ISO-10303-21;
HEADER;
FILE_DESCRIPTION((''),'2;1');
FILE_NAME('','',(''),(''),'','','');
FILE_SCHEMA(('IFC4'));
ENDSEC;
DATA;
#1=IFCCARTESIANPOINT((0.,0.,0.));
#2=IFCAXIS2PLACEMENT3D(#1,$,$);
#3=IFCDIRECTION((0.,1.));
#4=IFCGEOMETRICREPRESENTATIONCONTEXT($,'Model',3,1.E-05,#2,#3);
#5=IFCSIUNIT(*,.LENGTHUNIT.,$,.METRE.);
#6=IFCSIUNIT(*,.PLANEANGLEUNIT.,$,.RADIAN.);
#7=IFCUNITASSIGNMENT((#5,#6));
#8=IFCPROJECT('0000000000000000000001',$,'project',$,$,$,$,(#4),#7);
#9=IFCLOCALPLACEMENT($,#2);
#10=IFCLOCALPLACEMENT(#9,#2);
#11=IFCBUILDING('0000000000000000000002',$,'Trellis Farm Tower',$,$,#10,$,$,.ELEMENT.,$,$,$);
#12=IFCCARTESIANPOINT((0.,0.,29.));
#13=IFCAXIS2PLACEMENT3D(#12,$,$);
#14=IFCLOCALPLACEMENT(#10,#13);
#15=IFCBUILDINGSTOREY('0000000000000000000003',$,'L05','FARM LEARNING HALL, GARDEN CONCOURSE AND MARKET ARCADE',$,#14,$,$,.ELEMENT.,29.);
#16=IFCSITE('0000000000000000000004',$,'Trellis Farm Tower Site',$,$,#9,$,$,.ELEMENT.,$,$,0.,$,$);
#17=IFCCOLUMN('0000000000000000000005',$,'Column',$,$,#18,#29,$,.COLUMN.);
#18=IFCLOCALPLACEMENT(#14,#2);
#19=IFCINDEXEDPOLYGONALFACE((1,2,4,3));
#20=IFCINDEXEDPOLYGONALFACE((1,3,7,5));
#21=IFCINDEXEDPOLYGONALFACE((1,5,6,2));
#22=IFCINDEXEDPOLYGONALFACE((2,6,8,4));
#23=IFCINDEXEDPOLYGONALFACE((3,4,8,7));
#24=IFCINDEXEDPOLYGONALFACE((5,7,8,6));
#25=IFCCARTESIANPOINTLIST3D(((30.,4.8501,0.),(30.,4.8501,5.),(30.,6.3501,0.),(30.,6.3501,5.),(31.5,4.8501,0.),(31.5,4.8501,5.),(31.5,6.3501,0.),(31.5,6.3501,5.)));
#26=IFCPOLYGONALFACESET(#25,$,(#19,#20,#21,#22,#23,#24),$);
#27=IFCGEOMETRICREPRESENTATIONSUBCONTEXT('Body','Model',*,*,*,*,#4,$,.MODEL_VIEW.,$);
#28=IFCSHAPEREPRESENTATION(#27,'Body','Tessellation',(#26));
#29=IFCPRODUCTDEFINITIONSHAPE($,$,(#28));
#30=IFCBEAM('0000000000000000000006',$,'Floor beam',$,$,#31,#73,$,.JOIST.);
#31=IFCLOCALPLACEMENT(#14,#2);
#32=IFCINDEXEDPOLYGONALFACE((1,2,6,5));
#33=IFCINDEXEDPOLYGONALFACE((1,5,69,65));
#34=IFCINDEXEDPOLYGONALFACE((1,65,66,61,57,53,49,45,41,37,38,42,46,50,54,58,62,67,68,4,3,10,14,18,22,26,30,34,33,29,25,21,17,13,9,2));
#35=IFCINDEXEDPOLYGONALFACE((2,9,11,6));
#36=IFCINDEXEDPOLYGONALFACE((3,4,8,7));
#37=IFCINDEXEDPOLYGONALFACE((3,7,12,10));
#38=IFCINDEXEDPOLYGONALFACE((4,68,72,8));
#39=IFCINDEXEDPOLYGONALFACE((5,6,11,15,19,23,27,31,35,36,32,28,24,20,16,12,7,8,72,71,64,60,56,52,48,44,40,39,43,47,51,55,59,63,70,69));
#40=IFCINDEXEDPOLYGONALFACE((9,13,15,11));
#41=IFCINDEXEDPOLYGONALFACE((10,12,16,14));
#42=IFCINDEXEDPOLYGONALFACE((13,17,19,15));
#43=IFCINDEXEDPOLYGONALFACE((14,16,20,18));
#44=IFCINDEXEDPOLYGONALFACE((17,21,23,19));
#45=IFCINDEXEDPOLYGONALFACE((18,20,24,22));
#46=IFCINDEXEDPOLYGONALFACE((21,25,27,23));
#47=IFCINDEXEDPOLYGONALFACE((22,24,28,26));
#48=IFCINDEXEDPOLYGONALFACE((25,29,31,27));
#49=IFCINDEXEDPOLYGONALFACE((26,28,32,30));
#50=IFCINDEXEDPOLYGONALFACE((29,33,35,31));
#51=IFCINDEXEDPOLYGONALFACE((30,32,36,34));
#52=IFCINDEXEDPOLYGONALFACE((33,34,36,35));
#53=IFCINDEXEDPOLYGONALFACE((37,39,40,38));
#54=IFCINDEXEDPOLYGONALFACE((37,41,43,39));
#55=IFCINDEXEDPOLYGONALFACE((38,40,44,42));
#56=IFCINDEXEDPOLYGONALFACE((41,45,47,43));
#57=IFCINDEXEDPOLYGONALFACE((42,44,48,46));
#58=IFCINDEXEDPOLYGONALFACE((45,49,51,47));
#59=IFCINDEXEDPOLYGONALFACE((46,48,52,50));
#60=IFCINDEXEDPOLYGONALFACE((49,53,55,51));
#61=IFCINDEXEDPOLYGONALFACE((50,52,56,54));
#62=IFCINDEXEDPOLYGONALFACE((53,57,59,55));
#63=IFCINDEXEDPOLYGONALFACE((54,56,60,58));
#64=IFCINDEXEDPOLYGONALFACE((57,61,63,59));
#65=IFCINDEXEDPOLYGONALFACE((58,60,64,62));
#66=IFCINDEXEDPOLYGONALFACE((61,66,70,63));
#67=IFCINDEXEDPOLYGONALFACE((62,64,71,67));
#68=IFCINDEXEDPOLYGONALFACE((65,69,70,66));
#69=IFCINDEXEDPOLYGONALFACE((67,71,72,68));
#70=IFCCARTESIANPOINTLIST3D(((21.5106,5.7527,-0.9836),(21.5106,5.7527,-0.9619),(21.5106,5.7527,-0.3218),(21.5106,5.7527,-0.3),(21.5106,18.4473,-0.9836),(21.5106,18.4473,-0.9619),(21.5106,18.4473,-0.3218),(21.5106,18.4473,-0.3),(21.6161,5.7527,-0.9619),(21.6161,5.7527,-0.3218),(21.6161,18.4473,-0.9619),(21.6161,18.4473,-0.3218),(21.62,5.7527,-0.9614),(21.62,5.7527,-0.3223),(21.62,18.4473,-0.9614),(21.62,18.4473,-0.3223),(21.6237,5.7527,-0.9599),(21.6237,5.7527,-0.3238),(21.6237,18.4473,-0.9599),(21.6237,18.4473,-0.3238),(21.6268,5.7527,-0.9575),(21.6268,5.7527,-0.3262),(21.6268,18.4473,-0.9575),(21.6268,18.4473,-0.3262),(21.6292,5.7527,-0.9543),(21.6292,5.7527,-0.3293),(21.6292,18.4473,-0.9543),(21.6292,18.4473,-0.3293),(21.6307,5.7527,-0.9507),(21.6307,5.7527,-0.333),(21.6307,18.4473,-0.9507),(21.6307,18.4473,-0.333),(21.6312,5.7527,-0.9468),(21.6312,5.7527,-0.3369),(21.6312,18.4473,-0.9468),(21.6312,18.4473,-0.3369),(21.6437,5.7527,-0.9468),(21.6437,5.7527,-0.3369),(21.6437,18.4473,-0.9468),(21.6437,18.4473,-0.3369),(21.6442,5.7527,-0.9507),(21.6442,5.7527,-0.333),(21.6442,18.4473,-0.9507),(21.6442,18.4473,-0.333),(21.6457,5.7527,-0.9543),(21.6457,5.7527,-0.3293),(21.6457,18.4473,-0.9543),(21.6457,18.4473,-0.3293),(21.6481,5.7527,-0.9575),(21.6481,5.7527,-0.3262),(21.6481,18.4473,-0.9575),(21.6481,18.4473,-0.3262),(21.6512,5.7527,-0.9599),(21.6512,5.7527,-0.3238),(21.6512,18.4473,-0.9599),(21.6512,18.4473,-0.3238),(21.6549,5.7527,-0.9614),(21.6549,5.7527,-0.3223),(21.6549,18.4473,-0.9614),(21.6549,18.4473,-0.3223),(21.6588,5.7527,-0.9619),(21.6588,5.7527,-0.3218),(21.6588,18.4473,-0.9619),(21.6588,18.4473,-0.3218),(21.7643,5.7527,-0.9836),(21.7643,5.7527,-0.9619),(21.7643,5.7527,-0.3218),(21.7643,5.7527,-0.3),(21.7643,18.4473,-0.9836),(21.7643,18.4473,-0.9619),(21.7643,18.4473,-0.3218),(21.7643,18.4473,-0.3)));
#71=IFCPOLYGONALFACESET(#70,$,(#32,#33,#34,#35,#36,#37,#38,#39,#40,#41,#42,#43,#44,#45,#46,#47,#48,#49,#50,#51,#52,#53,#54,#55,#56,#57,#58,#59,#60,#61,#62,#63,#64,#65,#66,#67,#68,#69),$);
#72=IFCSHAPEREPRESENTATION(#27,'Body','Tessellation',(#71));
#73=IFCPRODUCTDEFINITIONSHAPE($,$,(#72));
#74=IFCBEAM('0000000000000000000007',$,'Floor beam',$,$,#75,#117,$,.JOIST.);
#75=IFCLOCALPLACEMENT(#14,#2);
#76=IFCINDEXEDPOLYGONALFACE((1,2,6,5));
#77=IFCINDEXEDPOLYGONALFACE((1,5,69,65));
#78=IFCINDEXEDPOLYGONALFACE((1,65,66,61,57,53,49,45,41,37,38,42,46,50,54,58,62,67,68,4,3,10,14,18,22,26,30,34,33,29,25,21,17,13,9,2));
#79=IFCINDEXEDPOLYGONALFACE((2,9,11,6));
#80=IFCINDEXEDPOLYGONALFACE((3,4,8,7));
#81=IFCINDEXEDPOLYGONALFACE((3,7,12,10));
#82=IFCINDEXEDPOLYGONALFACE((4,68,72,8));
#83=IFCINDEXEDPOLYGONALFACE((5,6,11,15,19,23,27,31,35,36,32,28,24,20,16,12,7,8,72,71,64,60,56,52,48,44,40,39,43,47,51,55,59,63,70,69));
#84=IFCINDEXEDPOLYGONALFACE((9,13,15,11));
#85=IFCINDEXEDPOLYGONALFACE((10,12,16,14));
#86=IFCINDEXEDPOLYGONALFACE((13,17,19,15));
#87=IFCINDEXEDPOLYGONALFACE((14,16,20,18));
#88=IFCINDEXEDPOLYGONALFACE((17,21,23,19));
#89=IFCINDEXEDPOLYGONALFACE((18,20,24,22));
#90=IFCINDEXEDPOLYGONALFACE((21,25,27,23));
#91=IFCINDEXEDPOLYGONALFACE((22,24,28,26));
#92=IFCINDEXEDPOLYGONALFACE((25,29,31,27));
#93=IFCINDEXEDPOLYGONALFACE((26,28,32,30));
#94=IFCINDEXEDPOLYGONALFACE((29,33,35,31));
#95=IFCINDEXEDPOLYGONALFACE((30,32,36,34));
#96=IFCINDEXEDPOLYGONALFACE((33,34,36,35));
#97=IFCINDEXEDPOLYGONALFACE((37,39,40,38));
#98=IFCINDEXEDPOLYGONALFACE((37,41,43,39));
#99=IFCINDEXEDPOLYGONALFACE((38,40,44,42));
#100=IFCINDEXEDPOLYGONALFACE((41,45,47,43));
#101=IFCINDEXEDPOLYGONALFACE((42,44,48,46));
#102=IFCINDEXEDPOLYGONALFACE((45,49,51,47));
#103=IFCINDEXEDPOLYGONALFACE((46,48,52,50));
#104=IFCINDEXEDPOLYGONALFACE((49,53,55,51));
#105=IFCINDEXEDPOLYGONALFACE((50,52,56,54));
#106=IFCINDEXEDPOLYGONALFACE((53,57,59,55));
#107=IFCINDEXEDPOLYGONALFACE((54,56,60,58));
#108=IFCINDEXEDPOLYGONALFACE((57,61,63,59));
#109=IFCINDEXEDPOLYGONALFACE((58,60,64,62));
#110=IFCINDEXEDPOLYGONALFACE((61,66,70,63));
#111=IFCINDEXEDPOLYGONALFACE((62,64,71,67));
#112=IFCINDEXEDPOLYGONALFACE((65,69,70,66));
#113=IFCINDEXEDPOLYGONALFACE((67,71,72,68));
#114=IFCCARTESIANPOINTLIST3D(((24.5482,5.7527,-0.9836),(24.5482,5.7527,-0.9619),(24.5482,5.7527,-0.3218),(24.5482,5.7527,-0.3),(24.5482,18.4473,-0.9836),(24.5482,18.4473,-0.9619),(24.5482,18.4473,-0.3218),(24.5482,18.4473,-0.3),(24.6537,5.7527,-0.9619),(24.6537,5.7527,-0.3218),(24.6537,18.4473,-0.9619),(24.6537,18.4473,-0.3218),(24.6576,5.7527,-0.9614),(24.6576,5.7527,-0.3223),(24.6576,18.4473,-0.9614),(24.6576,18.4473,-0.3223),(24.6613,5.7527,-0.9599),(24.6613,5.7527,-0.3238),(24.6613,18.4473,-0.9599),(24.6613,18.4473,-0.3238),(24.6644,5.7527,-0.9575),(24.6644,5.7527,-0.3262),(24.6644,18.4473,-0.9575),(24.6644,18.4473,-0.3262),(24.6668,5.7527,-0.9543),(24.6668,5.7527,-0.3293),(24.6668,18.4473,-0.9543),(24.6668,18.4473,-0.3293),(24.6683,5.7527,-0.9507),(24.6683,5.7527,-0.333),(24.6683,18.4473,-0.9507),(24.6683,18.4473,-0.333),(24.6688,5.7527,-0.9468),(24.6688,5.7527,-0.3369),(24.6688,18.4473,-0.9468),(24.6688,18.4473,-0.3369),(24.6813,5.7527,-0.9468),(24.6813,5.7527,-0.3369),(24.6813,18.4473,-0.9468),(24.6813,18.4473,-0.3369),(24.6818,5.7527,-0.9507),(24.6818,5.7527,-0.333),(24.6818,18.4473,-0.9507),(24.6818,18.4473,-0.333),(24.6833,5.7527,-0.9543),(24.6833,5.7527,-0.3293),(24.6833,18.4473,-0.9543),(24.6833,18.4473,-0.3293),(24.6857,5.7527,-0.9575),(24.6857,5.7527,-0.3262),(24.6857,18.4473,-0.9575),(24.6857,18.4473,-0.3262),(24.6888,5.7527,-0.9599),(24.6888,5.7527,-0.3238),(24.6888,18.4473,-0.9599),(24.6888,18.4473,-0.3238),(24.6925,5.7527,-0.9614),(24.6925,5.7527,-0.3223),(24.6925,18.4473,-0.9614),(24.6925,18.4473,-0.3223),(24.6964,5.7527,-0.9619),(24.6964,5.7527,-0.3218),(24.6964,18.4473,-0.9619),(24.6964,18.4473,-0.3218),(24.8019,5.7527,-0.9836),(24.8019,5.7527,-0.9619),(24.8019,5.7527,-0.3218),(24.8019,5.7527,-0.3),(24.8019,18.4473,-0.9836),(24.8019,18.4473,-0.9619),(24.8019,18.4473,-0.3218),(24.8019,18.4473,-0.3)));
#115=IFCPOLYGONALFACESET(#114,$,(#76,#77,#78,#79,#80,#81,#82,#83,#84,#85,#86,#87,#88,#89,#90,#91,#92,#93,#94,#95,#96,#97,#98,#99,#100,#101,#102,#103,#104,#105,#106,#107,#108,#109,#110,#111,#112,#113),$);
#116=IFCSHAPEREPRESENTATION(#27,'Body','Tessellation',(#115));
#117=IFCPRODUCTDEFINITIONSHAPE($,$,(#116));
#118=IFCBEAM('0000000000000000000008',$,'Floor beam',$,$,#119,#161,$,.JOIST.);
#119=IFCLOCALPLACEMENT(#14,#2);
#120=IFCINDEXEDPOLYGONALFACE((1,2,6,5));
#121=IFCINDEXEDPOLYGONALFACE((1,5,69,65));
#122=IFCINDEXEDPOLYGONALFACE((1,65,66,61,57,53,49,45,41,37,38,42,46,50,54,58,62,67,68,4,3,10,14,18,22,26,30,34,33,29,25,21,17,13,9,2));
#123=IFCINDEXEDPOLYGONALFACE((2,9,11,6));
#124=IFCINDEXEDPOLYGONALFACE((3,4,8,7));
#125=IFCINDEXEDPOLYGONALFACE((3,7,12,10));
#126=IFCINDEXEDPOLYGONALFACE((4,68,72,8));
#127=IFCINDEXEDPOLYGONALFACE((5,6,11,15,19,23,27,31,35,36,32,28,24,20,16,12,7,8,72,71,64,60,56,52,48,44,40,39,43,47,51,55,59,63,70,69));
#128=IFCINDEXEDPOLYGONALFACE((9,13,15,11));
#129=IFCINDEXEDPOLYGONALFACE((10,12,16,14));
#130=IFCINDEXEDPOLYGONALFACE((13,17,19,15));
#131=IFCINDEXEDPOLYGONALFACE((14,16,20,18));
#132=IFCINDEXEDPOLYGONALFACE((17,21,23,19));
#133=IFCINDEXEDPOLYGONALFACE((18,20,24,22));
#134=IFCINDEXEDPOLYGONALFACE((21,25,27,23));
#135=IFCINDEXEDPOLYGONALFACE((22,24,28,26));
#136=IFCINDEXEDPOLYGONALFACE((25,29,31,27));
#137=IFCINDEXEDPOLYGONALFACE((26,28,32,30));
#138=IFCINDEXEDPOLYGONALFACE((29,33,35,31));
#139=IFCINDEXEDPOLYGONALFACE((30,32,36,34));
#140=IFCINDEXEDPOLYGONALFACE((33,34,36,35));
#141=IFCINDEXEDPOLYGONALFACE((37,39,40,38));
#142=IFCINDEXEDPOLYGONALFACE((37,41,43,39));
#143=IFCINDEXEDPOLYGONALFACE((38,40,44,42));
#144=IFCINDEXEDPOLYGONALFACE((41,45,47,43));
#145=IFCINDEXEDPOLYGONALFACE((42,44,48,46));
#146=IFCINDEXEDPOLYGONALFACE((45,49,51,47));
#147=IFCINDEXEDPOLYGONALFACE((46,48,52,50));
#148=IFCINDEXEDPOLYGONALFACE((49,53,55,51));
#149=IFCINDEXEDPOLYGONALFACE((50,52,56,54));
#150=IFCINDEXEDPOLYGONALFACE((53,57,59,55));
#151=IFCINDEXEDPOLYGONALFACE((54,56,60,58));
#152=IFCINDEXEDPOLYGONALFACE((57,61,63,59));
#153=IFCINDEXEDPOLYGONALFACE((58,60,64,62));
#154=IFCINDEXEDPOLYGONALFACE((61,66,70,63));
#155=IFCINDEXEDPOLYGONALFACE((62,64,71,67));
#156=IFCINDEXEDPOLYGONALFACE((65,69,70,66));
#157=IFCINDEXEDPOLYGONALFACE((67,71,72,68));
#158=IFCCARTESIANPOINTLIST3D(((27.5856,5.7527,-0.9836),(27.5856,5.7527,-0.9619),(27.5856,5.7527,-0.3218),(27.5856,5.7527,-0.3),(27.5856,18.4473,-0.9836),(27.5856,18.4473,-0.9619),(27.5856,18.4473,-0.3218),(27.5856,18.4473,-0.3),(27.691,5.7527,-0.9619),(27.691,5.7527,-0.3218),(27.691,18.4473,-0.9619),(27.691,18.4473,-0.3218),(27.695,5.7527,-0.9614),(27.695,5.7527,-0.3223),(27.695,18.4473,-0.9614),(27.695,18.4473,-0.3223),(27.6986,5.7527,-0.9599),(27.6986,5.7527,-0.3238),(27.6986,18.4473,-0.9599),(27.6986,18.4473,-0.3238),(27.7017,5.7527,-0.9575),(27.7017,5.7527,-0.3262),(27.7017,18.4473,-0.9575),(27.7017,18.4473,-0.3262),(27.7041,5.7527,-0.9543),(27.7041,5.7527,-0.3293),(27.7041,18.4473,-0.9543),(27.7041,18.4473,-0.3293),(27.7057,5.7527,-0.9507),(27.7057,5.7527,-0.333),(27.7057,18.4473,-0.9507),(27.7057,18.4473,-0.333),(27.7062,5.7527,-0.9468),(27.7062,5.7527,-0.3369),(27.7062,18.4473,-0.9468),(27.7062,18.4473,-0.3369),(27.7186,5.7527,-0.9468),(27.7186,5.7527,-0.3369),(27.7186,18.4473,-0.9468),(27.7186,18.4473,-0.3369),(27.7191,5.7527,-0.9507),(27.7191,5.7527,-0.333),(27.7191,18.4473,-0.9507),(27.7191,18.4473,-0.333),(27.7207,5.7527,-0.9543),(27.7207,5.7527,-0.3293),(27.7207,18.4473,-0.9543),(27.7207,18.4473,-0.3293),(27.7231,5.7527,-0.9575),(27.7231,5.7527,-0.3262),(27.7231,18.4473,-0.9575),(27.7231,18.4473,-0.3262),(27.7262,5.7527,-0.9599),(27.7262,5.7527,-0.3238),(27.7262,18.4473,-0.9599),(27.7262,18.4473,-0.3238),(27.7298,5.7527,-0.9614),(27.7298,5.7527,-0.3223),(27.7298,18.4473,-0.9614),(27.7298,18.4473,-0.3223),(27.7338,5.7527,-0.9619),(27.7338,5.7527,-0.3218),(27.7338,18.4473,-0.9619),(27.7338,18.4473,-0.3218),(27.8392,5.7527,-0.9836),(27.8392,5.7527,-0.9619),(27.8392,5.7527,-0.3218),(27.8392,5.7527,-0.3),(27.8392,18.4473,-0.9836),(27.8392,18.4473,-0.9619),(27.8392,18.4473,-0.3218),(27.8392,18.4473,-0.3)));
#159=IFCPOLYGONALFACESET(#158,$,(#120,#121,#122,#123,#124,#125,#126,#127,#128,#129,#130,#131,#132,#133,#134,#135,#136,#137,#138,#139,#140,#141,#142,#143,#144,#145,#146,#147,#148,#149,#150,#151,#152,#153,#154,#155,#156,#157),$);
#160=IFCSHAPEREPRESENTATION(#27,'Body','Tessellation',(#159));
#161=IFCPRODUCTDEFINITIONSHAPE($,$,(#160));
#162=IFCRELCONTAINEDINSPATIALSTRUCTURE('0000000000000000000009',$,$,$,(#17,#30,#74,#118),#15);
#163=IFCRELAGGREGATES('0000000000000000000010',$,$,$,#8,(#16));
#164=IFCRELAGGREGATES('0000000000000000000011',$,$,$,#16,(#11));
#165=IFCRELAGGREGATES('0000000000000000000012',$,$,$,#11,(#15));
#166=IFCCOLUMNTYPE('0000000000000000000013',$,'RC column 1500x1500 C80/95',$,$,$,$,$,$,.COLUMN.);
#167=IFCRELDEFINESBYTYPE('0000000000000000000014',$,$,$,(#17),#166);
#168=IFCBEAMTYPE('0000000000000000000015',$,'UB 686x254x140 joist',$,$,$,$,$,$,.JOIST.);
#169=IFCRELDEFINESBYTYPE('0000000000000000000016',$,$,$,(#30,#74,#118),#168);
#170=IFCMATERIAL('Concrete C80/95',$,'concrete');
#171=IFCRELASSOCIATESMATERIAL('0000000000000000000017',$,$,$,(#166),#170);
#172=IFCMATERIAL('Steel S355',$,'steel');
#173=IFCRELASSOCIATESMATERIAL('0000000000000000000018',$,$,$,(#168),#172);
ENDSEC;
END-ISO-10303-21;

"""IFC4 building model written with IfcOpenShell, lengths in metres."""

from ifc_helpers import new_model, si_unit, direction, frame, origin, origin_2d, place, context, subcontext, project, spatial, rectangle, i_section, extrude, source, transform, mapped, material, material_profile, profile_set, type_object, element, save


model = new_model("IFC4")

# Units and contexts
model_context = context("Model", 3, precision=1e-05, world=origin(), true_north=direction((0.0, 1.0)))
body_context = subcontext(model_context, "Body", "Model", "MODEL_VIEW")
ifc_project = project(units=[si_unit("LENGTHUNIT", "METRE"), si_unit("PLANEANGLEUNIT", "RADIAN")], contexts=[model_context])

# Site, building, storey
site_placement = place(None, origin())
site = spatial("IfcSite", under=ifc_project, at=site_placement, Name="Trellis Farm Tower Site", CompositionType="ELEMENT", RefElevation=0.0)
building_placement = place(site_placement, origin())
building = spatial("IfcBuilding", under=site, at=building_placement, Name="Trellis Farm Tower", CompositionType="ELEMENT")
storey_placement = place(building_placement, frame((0.0, 0.0, 29.0)))
storey = spatial("IfcBuildingStorey", under=building, at=storey_placement, Name="L05", Description="FARM LEARNING HALL, GARDEN CONCOURSE AND MARKET ARCADE", CompositionType="ELEMENT", Elevation=29.0)

# Column
ifc_material_1 = material(Name="Concrete C80/95", Category="concrete")
ifc_material_profile_1 = material_profile(ifc_material_1, rectangle(XDim=1.5, YDim=1.5, at=origin_2d()), Name="RC column 1500x1500 C80/95")
ifc_profile_set_1 = profile_set([ifc_material_profile_1], Name="Concrete C80/95")
column_type = type_object("IfcColumnType", Name="RC column 1500x1500 C80/95", PredefinedType="COLUMN", material=ifc_profile_set_1)
shared_shape_1 = source(origin(), body_context, "Body", "SweptSolid", [
    extrude(rectangle(XDim=1.5, YDim=1.5, at=origin_2d()), origin(), (0.0, 0.0, 1.0), 5.0),
])
column_placement = place(storey_placement, frame((30.75, 5.6001, 0.0), z_axis=(0.0, 0.0, 1.0), x_axis=(1.0, 0.0, 0.0)))
element("IfcColumn", 1, at=column_placement, inside=storey, type_object=column_type, Name="Column", PredefinedType="COLUMN", context=body_context, shape_type="MappedRepresentation", body=[
    mapped(shared_shape_1, transform((0.0, 0.0, 0.0))),
])

# Beams
ifc_material_2 = material(Name="Steel S355", Category="steel")
ifc_material_profile_2 = material_profile(ifc_material_2, i_section(OverallWidth=0.2537, OverallDepth=0.6836, WebThickness=0.0125, FlangeThickness=0.0217, FilletRadius=0.0151, at=origin_2d()), Name="UB 686x254x140")
ifc_profile_set_2 = profile_set([ifc_material_profile_2], Name="Steel S355")
beam_type_1 = type_object("IfcBeamType", Name="UB 686x254x140 joist", PredefinedType="JOIST", material=ifc_profile_set_2)
shared_shape_2 = source(origin(), body_context, "Body", "SweptSolid", [
    extrude(i_section(OverallWidth=0.2537, OverallDepth=0.6836, WebThickness=0.0125, FlangeThickness=0.0217, FilletRadius=0.0151, at=origin_2d()), origin(), (0.0, 0.0, 1.0), 12.6946),
])
for number, where, z_axis, x_axis, name in (
    (2, (21.6375, 5.7527, -0.6418), (0.0, 1.0, 0.0), (-1.0, 0.0, 0.0), "Floor beam"),
    (3, (24.675, 5.7527, -0.6418), (0.0, 1.0, 0.0), (-1.0, 0.0, 0.0), "Floor beam"),
    (4, (27.7124, 5.7527, -0.6418), (0.0, 1.0, 0.0), (-1.0, 0.0, 0.0), "Floor beam"),
):
    element("IfcBeam", number, at=place(storey_placement, frame(where, z_axis=z_axis, x_axis=x_axis)), inside=storey, type_object=beam_type_1, Name=name, PredefinedType="JOIST", context=body_context, shape_type="MappedRepresentation", body=[
        mapped(shared_shape_2, transform((0.0, 0.0, 0.0))),
    ])

save(model, "model.ifc")
